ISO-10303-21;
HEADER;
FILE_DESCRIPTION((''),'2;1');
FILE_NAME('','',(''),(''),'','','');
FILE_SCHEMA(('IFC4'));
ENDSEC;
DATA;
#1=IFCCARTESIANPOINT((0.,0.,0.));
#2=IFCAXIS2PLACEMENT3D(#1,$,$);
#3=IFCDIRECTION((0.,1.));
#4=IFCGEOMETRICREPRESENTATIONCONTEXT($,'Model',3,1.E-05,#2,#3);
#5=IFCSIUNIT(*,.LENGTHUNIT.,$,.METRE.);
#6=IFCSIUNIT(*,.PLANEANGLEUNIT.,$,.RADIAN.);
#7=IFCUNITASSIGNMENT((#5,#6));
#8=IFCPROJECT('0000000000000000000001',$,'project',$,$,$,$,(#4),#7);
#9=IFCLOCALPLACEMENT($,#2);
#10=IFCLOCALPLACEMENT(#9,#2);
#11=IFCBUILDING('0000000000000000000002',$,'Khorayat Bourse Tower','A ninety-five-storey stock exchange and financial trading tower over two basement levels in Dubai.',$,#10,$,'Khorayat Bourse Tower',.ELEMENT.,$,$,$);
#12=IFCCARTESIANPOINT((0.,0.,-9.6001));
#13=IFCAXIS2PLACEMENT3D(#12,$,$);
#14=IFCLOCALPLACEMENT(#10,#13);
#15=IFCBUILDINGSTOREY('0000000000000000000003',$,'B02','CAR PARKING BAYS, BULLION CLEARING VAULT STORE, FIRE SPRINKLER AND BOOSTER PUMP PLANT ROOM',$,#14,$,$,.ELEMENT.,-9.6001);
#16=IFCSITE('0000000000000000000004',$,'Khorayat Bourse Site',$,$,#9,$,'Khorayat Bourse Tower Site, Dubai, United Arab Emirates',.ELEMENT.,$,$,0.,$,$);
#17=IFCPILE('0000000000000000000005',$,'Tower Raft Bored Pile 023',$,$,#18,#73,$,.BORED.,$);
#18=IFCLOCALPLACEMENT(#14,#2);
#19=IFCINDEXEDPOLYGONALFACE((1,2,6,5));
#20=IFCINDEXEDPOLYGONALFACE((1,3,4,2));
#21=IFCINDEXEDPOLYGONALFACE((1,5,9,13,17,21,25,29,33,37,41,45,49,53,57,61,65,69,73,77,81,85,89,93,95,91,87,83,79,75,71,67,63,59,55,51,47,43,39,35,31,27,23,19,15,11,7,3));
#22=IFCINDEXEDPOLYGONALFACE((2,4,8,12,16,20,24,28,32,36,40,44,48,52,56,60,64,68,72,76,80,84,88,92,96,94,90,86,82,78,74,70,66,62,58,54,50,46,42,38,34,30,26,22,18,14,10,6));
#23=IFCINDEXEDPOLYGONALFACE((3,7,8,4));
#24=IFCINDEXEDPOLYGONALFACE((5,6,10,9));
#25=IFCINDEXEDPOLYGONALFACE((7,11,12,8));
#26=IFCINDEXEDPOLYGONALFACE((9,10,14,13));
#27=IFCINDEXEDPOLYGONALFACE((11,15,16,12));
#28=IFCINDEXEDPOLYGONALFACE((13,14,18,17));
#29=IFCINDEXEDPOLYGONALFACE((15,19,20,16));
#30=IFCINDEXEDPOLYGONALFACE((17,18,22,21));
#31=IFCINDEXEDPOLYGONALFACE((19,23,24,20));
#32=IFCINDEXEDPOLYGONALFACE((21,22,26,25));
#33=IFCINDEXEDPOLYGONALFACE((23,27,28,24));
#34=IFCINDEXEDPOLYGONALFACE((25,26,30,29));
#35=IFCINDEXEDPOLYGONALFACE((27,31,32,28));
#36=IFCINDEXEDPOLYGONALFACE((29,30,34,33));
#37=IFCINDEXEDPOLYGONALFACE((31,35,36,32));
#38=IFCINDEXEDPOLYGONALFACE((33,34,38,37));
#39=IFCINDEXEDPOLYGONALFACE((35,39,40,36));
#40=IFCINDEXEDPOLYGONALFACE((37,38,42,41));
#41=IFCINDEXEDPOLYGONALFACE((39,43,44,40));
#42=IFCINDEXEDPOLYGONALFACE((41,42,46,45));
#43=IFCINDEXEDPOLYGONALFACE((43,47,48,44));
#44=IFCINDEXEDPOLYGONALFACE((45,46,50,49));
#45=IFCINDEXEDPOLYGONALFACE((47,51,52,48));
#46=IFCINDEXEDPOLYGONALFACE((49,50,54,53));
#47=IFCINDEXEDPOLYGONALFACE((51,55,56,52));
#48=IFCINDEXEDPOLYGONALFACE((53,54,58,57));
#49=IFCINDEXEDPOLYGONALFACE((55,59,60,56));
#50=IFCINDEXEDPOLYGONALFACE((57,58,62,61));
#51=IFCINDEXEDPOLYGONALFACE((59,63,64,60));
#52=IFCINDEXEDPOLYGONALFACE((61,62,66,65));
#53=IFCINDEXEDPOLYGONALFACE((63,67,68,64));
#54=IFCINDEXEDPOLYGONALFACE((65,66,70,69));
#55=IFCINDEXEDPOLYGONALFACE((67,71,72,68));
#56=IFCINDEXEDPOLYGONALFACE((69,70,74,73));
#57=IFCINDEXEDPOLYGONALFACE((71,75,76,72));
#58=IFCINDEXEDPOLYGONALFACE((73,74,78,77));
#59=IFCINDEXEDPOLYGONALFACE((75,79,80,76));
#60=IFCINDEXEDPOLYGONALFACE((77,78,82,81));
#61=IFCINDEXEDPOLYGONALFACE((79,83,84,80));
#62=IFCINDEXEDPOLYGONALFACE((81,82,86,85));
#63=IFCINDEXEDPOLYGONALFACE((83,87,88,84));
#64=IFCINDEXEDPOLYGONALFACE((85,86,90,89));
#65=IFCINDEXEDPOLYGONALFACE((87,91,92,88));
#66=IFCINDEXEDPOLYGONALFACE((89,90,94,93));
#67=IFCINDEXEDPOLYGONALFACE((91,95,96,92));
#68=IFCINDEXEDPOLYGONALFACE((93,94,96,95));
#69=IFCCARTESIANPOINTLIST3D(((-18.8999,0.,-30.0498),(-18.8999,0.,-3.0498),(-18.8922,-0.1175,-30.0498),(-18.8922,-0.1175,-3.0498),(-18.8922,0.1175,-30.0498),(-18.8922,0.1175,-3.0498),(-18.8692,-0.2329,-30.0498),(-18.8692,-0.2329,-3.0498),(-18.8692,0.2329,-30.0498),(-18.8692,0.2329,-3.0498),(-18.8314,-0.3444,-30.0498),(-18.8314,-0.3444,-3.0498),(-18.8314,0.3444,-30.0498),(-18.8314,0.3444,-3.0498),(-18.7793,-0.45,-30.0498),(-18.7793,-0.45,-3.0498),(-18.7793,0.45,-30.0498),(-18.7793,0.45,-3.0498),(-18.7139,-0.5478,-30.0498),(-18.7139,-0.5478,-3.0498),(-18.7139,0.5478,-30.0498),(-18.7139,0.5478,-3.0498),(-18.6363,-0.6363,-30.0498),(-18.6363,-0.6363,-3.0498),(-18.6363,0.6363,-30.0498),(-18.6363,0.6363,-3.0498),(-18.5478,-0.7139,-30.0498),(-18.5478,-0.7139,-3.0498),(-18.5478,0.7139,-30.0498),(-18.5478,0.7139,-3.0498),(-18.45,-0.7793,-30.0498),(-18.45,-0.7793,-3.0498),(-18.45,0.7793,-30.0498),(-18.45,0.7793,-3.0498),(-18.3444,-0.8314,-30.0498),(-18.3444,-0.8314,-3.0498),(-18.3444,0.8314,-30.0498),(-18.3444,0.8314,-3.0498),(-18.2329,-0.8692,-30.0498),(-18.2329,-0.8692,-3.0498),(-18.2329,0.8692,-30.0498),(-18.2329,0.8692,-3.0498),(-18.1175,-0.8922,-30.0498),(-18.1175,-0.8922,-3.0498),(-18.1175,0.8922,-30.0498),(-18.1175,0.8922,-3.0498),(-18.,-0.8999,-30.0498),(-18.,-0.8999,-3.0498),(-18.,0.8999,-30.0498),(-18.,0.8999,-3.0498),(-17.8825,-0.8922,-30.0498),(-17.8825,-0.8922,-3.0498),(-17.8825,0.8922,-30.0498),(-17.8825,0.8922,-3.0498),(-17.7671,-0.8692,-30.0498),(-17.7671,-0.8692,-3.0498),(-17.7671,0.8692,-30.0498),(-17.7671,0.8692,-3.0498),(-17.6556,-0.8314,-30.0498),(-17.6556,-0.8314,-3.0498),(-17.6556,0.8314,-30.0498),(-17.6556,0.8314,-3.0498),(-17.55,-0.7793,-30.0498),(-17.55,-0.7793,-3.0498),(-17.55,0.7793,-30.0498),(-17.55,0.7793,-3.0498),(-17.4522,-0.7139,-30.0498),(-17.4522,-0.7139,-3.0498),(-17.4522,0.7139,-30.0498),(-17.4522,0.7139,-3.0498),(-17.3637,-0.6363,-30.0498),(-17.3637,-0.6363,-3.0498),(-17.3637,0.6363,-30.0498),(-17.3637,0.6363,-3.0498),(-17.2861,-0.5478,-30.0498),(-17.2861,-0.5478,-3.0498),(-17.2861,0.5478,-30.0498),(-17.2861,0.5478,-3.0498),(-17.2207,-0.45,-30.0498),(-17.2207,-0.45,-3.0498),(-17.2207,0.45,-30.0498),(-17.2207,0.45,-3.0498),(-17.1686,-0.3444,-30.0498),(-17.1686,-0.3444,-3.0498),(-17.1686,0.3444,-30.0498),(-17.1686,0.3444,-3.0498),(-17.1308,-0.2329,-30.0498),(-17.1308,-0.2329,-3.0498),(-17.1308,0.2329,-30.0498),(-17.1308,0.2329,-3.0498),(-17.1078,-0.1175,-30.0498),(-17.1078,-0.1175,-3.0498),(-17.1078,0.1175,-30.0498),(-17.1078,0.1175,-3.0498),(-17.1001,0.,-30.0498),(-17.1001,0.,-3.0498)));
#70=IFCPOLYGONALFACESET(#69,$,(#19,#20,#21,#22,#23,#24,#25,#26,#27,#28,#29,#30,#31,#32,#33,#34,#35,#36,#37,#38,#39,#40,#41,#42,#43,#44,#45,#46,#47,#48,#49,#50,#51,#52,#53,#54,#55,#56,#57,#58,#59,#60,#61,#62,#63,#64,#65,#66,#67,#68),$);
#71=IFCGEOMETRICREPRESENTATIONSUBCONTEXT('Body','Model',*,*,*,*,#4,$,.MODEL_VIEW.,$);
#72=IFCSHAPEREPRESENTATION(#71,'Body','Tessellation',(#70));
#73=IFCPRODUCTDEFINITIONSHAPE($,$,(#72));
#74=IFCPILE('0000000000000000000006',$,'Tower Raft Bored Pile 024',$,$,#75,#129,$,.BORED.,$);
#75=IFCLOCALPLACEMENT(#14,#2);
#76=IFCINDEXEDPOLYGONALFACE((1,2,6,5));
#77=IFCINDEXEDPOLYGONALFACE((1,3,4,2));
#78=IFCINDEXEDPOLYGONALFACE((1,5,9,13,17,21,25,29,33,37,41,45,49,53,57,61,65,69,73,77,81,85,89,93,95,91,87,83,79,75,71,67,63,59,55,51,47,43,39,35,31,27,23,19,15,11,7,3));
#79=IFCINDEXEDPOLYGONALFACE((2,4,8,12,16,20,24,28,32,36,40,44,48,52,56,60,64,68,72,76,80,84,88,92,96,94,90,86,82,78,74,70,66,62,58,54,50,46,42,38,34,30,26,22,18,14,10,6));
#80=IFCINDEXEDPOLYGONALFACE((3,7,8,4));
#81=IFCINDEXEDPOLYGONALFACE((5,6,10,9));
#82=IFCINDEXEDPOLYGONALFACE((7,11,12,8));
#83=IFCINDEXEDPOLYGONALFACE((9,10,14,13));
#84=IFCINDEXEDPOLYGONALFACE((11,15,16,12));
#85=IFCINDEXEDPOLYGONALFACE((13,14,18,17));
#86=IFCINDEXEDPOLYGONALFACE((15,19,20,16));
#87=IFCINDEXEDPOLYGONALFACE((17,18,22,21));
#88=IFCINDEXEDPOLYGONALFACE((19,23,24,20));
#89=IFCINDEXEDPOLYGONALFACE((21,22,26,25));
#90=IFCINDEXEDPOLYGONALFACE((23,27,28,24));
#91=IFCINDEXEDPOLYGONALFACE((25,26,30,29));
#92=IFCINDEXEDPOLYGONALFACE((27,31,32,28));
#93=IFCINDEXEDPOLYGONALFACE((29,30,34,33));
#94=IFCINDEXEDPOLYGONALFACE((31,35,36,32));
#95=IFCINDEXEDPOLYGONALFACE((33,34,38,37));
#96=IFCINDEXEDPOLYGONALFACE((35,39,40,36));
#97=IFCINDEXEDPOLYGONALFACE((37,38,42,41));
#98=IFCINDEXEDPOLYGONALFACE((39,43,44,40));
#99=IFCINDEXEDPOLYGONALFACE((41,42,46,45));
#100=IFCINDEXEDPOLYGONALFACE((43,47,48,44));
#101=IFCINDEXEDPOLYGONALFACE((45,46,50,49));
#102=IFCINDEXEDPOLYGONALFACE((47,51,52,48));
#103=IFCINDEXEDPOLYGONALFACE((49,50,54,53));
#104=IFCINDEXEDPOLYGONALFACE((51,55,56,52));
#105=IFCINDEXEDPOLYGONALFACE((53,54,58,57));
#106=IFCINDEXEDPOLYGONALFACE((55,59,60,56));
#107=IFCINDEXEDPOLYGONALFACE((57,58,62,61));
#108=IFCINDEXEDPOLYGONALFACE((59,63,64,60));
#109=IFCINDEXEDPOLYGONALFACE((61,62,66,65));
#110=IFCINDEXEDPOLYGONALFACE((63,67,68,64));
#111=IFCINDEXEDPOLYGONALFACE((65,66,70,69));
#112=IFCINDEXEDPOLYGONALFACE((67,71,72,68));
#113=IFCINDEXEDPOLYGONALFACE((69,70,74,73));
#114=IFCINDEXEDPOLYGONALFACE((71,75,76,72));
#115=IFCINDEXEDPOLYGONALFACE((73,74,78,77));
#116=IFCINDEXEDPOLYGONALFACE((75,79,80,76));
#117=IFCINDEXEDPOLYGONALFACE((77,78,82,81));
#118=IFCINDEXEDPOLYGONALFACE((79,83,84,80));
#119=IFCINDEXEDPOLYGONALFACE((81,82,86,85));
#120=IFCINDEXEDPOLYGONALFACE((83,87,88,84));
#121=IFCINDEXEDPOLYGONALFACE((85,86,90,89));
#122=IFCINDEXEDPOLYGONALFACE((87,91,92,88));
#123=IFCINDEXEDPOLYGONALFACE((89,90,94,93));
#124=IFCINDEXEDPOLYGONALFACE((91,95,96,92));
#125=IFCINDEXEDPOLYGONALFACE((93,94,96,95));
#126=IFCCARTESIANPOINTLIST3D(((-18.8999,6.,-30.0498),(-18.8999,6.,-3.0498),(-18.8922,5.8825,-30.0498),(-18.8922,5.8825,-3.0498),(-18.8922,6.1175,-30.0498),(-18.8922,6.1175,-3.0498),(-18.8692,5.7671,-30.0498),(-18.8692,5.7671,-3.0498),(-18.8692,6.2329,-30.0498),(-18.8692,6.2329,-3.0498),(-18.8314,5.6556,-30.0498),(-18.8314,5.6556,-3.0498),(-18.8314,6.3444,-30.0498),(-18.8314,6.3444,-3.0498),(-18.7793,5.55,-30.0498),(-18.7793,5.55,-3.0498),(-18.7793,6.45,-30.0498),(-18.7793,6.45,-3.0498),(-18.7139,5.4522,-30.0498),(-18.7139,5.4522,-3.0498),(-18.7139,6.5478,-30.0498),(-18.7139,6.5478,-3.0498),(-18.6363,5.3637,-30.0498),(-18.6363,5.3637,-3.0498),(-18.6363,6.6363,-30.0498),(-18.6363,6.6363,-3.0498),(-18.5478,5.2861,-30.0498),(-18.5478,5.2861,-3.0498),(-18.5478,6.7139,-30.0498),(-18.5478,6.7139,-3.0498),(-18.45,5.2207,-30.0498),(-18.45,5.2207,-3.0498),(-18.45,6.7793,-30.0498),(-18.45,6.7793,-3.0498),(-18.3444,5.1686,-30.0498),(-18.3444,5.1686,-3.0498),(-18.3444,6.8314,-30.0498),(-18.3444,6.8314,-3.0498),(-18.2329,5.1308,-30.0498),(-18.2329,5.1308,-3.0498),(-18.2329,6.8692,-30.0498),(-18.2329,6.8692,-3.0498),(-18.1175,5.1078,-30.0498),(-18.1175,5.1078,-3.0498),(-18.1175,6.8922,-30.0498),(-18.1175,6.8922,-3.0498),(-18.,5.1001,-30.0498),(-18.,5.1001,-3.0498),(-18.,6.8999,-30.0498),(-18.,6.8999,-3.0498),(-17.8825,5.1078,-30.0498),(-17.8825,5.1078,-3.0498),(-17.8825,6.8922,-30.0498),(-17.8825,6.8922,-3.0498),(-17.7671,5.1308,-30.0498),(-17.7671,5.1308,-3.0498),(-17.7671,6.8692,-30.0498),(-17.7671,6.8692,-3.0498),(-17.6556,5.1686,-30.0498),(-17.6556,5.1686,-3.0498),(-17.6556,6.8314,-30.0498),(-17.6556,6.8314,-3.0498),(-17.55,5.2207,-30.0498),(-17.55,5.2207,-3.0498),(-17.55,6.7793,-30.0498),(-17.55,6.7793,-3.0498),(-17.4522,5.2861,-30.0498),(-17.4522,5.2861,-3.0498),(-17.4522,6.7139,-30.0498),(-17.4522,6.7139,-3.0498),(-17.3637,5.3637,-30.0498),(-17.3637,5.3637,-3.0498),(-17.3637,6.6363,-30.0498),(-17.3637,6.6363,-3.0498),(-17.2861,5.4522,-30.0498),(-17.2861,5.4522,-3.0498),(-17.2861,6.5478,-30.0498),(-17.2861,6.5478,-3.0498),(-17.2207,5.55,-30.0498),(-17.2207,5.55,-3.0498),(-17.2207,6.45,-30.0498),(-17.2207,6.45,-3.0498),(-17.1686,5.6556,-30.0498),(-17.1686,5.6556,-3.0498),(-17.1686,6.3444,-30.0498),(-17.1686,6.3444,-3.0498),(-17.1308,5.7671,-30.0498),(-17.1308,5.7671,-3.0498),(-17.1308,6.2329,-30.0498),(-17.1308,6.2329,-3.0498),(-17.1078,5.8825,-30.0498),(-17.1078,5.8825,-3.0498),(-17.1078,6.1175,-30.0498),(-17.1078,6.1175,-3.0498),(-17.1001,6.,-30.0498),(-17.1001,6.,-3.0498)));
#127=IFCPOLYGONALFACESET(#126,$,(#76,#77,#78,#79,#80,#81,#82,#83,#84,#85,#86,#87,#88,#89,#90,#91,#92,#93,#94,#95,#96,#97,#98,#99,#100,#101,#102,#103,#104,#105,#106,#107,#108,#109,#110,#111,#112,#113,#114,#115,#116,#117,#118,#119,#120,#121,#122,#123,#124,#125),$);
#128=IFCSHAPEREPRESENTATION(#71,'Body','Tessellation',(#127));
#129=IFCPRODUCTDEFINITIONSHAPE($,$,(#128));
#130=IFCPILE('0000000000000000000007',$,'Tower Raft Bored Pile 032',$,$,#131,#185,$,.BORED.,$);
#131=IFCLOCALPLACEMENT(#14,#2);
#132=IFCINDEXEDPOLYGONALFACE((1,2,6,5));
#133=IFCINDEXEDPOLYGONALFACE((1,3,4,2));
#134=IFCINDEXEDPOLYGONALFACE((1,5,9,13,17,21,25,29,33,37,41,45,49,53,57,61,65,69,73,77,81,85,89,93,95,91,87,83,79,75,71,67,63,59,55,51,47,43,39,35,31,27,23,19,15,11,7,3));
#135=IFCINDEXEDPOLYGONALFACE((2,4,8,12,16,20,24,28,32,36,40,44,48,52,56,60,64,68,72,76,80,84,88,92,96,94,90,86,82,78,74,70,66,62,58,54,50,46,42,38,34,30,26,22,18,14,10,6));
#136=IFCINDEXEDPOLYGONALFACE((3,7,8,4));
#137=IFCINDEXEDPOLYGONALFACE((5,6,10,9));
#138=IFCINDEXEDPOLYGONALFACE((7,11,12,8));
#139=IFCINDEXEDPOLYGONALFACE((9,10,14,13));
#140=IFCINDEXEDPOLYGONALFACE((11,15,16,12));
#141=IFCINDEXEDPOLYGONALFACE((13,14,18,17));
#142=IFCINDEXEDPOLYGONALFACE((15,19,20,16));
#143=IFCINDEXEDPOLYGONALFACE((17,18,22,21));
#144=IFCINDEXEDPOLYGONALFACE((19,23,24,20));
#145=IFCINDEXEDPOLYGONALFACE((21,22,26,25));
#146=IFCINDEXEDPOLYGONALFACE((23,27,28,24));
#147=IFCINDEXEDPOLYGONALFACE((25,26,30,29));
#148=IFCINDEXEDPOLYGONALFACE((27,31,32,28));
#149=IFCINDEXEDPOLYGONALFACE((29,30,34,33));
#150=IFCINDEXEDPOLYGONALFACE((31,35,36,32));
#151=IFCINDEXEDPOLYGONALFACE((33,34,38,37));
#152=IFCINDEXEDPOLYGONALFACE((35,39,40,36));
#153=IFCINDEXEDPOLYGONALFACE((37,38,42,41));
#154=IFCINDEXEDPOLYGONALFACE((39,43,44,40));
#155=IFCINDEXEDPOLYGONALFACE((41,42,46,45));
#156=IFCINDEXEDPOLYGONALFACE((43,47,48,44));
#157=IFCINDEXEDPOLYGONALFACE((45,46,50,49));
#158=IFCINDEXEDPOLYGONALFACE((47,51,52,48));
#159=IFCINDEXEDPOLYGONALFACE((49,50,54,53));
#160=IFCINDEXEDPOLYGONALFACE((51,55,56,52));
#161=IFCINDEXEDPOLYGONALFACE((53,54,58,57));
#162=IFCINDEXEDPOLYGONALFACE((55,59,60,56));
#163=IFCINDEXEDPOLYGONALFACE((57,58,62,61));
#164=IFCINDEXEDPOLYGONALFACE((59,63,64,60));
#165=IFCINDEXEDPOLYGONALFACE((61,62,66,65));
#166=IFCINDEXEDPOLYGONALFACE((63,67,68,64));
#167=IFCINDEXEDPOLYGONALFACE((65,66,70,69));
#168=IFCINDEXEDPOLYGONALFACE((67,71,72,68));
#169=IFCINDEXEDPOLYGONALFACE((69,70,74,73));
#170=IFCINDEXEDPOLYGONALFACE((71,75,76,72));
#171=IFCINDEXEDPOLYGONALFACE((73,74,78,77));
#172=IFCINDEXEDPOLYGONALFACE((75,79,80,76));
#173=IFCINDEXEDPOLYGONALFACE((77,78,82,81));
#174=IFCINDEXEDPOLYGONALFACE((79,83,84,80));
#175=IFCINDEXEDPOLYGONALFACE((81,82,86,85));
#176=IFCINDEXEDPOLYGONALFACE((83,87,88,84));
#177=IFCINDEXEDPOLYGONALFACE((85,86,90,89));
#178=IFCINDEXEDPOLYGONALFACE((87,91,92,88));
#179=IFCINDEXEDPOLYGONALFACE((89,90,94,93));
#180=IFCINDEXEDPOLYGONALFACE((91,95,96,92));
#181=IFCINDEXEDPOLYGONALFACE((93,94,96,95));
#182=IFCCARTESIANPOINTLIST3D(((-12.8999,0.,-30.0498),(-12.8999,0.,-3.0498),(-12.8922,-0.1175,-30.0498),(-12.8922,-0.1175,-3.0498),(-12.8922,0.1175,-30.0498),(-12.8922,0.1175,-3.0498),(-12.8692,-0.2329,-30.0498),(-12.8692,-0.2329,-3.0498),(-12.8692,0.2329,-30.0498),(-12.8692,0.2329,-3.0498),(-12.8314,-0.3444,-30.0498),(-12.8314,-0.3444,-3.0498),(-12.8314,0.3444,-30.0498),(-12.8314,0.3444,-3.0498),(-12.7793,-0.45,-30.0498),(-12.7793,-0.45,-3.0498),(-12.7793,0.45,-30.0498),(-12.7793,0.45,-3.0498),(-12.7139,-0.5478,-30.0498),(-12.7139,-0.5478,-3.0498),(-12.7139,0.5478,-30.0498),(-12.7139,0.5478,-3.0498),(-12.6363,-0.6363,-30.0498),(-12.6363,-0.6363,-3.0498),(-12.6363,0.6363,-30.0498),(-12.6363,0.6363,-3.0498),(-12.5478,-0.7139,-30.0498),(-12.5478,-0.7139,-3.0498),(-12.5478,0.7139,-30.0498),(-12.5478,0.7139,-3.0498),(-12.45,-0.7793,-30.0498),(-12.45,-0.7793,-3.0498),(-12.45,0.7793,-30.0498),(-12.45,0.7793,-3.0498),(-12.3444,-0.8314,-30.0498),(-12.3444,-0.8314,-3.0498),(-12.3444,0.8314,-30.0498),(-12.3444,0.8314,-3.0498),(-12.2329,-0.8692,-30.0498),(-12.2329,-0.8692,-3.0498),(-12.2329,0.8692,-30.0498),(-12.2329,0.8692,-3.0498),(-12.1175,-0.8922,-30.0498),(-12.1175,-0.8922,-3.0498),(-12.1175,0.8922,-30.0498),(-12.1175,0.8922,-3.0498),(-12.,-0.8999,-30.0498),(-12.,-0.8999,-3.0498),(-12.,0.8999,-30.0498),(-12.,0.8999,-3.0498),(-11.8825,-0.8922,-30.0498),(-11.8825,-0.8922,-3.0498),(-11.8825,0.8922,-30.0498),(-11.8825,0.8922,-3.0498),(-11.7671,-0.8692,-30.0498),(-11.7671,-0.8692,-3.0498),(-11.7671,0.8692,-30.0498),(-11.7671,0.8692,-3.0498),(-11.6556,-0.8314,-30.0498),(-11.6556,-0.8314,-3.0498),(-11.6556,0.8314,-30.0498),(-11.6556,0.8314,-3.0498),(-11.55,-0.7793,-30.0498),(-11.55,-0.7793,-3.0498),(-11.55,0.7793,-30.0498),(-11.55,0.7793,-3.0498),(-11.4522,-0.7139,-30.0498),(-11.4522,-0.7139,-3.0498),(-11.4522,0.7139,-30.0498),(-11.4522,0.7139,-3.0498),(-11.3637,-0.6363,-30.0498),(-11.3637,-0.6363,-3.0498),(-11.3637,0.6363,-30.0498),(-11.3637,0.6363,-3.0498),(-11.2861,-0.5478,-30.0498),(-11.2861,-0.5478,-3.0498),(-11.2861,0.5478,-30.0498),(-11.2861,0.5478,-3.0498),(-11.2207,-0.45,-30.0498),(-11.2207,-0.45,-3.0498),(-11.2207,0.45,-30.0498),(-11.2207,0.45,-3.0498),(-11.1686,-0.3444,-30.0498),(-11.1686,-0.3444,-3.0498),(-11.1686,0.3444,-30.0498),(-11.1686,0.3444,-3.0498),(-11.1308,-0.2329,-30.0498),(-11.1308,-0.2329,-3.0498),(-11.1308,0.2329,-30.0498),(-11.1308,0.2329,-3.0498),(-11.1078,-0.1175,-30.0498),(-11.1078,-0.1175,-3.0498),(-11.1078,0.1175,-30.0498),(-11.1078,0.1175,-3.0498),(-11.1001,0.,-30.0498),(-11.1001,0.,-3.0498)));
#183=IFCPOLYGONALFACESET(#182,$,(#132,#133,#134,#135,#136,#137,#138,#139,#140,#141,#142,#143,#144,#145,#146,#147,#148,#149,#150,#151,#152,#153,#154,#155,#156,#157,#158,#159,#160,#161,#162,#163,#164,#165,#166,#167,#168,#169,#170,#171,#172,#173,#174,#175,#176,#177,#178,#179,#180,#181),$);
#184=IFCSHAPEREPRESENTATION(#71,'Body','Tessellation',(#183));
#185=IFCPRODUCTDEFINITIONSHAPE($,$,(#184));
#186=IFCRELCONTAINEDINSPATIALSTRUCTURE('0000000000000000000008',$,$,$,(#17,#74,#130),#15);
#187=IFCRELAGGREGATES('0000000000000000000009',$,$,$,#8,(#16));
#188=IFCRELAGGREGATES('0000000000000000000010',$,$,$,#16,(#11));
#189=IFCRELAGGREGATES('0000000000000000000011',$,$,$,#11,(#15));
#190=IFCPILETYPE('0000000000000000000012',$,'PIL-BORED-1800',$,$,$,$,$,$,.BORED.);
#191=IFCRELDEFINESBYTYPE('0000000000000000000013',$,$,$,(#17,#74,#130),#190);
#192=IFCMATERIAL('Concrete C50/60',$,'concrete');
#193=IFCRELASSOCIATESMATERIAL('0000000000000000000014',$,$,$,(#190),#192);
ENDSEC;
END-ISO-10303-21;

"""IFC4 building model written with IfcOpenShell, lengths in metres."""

from ifc_helpers import new_model, si_unit, direction, frame, origin, origin_2d, place, context, subcontext, project, spatial, circle, extrude, source, transform, mapped, material, material_profile, profile_set, type_object, element, save


model = new_model("IFC4")

# Units and contexts
model_context = context("Model", 3, precision=1e-05, world=origin(), true_north=direction((0.0, 1.0)))
body_context = subcontext(model_context, "Body", "Model", "MODEL_VIEW")
ifc_project = project(units=[si_unit("LENGTHUNIT", "METRE"), si_unit("PLANEANGLEUNIT", "RADIAN")], contexts=[model_context])

# Site, building, storey
site_placement = place(None, origin())
site = spatial("IfcSite", under=ifc_project, at=site_placement, Name="Khorayat Bourse Site", LongName="Khorayat Bourse Tower Site, Dubai, United Arab Emirates", CompositionType="ELEMENT", RefElevation=0.0)
building_placement = place(site_placement, origin())
building = spatial("IfcBuilding", under=site, at=building_placement, Name="Khorayat Bourse Tower", Description="A ninety-five-storey stock exchange and financial trading tower over two basement levels in Dubai.", LongName="Khorayat Bourse Tower", CompositionType="ELEMENT")
storey_placement = place(building_placement, frame((0.0, 0.0, -9.6001)))
storey = spatial("IfcBuildingStorey", under=building, at=storey_placement, Name="B02", Description="CAR PARKING BAYS, BULLION CLEARING VAULT STORE, FIRE SPRINKLER AND BOOSTER PUMP PLANT ROOM", CompositionType="ELEMENT", Elevation=-9.6001)

# Piles
ifc_material_1 = material(Name="Concrete C50/60", Category="concrete")
ifc_material_profile_1 = material_profile(ifc_material_1, circle(Radius=0.8999, at=origin_2d()), Name="BORED PILE D1800")
ifc_profile_set_1 = profile_set([ifc_material_profile_1], Name="Concrete C50/60")
pile_type = type_object("IfcPileType", Name="PIL-BORED-1800", PredefinedType="BORED", material=ifc_profile_set_1)
shared_shape_1 = source(origin(), body_context, "Body", "SweptSolid", [
    extrude(circle(Radius=0.8999, at=origin_2d()), origin(), (0.0, 0.0, 1.0), 27.0),
])
for number, where, z_axis, x_axis, name in (
    (1, (-18.0, 0.0, -3.0498), (0.0, 0.0, -1.0), (1.0, 0.0, 0.0), "Tower Raft Bored Pile 023"),
    (2, (-18.0, 6.0, -3.0498), (0.0, 0.0, -1.0), (1.0, 0.0, 0.0), "Tower Raft Bored Pile 024"),
    (3, (-12.0, 0.0, -3.0498), (0.0, 0.0, -1.0), (1.0, 0.0, 0.0), "Tower Raft Bored Pile 032"),
):
    element("IfcPile", number, at=place(storey_placement, frame(where, z_axis=z_axis, x_axis=x_axis)), inside=storey, type_object=pile_type, Name=name, PredefinedType="BORED", context=body_context, shape_type="MappedRepresentation", body=[
        mapped(shared_shape_1, transform((0.0, 0.0, 0.0), scale=1.0)),
    ])

save(model, "model.ifc")
